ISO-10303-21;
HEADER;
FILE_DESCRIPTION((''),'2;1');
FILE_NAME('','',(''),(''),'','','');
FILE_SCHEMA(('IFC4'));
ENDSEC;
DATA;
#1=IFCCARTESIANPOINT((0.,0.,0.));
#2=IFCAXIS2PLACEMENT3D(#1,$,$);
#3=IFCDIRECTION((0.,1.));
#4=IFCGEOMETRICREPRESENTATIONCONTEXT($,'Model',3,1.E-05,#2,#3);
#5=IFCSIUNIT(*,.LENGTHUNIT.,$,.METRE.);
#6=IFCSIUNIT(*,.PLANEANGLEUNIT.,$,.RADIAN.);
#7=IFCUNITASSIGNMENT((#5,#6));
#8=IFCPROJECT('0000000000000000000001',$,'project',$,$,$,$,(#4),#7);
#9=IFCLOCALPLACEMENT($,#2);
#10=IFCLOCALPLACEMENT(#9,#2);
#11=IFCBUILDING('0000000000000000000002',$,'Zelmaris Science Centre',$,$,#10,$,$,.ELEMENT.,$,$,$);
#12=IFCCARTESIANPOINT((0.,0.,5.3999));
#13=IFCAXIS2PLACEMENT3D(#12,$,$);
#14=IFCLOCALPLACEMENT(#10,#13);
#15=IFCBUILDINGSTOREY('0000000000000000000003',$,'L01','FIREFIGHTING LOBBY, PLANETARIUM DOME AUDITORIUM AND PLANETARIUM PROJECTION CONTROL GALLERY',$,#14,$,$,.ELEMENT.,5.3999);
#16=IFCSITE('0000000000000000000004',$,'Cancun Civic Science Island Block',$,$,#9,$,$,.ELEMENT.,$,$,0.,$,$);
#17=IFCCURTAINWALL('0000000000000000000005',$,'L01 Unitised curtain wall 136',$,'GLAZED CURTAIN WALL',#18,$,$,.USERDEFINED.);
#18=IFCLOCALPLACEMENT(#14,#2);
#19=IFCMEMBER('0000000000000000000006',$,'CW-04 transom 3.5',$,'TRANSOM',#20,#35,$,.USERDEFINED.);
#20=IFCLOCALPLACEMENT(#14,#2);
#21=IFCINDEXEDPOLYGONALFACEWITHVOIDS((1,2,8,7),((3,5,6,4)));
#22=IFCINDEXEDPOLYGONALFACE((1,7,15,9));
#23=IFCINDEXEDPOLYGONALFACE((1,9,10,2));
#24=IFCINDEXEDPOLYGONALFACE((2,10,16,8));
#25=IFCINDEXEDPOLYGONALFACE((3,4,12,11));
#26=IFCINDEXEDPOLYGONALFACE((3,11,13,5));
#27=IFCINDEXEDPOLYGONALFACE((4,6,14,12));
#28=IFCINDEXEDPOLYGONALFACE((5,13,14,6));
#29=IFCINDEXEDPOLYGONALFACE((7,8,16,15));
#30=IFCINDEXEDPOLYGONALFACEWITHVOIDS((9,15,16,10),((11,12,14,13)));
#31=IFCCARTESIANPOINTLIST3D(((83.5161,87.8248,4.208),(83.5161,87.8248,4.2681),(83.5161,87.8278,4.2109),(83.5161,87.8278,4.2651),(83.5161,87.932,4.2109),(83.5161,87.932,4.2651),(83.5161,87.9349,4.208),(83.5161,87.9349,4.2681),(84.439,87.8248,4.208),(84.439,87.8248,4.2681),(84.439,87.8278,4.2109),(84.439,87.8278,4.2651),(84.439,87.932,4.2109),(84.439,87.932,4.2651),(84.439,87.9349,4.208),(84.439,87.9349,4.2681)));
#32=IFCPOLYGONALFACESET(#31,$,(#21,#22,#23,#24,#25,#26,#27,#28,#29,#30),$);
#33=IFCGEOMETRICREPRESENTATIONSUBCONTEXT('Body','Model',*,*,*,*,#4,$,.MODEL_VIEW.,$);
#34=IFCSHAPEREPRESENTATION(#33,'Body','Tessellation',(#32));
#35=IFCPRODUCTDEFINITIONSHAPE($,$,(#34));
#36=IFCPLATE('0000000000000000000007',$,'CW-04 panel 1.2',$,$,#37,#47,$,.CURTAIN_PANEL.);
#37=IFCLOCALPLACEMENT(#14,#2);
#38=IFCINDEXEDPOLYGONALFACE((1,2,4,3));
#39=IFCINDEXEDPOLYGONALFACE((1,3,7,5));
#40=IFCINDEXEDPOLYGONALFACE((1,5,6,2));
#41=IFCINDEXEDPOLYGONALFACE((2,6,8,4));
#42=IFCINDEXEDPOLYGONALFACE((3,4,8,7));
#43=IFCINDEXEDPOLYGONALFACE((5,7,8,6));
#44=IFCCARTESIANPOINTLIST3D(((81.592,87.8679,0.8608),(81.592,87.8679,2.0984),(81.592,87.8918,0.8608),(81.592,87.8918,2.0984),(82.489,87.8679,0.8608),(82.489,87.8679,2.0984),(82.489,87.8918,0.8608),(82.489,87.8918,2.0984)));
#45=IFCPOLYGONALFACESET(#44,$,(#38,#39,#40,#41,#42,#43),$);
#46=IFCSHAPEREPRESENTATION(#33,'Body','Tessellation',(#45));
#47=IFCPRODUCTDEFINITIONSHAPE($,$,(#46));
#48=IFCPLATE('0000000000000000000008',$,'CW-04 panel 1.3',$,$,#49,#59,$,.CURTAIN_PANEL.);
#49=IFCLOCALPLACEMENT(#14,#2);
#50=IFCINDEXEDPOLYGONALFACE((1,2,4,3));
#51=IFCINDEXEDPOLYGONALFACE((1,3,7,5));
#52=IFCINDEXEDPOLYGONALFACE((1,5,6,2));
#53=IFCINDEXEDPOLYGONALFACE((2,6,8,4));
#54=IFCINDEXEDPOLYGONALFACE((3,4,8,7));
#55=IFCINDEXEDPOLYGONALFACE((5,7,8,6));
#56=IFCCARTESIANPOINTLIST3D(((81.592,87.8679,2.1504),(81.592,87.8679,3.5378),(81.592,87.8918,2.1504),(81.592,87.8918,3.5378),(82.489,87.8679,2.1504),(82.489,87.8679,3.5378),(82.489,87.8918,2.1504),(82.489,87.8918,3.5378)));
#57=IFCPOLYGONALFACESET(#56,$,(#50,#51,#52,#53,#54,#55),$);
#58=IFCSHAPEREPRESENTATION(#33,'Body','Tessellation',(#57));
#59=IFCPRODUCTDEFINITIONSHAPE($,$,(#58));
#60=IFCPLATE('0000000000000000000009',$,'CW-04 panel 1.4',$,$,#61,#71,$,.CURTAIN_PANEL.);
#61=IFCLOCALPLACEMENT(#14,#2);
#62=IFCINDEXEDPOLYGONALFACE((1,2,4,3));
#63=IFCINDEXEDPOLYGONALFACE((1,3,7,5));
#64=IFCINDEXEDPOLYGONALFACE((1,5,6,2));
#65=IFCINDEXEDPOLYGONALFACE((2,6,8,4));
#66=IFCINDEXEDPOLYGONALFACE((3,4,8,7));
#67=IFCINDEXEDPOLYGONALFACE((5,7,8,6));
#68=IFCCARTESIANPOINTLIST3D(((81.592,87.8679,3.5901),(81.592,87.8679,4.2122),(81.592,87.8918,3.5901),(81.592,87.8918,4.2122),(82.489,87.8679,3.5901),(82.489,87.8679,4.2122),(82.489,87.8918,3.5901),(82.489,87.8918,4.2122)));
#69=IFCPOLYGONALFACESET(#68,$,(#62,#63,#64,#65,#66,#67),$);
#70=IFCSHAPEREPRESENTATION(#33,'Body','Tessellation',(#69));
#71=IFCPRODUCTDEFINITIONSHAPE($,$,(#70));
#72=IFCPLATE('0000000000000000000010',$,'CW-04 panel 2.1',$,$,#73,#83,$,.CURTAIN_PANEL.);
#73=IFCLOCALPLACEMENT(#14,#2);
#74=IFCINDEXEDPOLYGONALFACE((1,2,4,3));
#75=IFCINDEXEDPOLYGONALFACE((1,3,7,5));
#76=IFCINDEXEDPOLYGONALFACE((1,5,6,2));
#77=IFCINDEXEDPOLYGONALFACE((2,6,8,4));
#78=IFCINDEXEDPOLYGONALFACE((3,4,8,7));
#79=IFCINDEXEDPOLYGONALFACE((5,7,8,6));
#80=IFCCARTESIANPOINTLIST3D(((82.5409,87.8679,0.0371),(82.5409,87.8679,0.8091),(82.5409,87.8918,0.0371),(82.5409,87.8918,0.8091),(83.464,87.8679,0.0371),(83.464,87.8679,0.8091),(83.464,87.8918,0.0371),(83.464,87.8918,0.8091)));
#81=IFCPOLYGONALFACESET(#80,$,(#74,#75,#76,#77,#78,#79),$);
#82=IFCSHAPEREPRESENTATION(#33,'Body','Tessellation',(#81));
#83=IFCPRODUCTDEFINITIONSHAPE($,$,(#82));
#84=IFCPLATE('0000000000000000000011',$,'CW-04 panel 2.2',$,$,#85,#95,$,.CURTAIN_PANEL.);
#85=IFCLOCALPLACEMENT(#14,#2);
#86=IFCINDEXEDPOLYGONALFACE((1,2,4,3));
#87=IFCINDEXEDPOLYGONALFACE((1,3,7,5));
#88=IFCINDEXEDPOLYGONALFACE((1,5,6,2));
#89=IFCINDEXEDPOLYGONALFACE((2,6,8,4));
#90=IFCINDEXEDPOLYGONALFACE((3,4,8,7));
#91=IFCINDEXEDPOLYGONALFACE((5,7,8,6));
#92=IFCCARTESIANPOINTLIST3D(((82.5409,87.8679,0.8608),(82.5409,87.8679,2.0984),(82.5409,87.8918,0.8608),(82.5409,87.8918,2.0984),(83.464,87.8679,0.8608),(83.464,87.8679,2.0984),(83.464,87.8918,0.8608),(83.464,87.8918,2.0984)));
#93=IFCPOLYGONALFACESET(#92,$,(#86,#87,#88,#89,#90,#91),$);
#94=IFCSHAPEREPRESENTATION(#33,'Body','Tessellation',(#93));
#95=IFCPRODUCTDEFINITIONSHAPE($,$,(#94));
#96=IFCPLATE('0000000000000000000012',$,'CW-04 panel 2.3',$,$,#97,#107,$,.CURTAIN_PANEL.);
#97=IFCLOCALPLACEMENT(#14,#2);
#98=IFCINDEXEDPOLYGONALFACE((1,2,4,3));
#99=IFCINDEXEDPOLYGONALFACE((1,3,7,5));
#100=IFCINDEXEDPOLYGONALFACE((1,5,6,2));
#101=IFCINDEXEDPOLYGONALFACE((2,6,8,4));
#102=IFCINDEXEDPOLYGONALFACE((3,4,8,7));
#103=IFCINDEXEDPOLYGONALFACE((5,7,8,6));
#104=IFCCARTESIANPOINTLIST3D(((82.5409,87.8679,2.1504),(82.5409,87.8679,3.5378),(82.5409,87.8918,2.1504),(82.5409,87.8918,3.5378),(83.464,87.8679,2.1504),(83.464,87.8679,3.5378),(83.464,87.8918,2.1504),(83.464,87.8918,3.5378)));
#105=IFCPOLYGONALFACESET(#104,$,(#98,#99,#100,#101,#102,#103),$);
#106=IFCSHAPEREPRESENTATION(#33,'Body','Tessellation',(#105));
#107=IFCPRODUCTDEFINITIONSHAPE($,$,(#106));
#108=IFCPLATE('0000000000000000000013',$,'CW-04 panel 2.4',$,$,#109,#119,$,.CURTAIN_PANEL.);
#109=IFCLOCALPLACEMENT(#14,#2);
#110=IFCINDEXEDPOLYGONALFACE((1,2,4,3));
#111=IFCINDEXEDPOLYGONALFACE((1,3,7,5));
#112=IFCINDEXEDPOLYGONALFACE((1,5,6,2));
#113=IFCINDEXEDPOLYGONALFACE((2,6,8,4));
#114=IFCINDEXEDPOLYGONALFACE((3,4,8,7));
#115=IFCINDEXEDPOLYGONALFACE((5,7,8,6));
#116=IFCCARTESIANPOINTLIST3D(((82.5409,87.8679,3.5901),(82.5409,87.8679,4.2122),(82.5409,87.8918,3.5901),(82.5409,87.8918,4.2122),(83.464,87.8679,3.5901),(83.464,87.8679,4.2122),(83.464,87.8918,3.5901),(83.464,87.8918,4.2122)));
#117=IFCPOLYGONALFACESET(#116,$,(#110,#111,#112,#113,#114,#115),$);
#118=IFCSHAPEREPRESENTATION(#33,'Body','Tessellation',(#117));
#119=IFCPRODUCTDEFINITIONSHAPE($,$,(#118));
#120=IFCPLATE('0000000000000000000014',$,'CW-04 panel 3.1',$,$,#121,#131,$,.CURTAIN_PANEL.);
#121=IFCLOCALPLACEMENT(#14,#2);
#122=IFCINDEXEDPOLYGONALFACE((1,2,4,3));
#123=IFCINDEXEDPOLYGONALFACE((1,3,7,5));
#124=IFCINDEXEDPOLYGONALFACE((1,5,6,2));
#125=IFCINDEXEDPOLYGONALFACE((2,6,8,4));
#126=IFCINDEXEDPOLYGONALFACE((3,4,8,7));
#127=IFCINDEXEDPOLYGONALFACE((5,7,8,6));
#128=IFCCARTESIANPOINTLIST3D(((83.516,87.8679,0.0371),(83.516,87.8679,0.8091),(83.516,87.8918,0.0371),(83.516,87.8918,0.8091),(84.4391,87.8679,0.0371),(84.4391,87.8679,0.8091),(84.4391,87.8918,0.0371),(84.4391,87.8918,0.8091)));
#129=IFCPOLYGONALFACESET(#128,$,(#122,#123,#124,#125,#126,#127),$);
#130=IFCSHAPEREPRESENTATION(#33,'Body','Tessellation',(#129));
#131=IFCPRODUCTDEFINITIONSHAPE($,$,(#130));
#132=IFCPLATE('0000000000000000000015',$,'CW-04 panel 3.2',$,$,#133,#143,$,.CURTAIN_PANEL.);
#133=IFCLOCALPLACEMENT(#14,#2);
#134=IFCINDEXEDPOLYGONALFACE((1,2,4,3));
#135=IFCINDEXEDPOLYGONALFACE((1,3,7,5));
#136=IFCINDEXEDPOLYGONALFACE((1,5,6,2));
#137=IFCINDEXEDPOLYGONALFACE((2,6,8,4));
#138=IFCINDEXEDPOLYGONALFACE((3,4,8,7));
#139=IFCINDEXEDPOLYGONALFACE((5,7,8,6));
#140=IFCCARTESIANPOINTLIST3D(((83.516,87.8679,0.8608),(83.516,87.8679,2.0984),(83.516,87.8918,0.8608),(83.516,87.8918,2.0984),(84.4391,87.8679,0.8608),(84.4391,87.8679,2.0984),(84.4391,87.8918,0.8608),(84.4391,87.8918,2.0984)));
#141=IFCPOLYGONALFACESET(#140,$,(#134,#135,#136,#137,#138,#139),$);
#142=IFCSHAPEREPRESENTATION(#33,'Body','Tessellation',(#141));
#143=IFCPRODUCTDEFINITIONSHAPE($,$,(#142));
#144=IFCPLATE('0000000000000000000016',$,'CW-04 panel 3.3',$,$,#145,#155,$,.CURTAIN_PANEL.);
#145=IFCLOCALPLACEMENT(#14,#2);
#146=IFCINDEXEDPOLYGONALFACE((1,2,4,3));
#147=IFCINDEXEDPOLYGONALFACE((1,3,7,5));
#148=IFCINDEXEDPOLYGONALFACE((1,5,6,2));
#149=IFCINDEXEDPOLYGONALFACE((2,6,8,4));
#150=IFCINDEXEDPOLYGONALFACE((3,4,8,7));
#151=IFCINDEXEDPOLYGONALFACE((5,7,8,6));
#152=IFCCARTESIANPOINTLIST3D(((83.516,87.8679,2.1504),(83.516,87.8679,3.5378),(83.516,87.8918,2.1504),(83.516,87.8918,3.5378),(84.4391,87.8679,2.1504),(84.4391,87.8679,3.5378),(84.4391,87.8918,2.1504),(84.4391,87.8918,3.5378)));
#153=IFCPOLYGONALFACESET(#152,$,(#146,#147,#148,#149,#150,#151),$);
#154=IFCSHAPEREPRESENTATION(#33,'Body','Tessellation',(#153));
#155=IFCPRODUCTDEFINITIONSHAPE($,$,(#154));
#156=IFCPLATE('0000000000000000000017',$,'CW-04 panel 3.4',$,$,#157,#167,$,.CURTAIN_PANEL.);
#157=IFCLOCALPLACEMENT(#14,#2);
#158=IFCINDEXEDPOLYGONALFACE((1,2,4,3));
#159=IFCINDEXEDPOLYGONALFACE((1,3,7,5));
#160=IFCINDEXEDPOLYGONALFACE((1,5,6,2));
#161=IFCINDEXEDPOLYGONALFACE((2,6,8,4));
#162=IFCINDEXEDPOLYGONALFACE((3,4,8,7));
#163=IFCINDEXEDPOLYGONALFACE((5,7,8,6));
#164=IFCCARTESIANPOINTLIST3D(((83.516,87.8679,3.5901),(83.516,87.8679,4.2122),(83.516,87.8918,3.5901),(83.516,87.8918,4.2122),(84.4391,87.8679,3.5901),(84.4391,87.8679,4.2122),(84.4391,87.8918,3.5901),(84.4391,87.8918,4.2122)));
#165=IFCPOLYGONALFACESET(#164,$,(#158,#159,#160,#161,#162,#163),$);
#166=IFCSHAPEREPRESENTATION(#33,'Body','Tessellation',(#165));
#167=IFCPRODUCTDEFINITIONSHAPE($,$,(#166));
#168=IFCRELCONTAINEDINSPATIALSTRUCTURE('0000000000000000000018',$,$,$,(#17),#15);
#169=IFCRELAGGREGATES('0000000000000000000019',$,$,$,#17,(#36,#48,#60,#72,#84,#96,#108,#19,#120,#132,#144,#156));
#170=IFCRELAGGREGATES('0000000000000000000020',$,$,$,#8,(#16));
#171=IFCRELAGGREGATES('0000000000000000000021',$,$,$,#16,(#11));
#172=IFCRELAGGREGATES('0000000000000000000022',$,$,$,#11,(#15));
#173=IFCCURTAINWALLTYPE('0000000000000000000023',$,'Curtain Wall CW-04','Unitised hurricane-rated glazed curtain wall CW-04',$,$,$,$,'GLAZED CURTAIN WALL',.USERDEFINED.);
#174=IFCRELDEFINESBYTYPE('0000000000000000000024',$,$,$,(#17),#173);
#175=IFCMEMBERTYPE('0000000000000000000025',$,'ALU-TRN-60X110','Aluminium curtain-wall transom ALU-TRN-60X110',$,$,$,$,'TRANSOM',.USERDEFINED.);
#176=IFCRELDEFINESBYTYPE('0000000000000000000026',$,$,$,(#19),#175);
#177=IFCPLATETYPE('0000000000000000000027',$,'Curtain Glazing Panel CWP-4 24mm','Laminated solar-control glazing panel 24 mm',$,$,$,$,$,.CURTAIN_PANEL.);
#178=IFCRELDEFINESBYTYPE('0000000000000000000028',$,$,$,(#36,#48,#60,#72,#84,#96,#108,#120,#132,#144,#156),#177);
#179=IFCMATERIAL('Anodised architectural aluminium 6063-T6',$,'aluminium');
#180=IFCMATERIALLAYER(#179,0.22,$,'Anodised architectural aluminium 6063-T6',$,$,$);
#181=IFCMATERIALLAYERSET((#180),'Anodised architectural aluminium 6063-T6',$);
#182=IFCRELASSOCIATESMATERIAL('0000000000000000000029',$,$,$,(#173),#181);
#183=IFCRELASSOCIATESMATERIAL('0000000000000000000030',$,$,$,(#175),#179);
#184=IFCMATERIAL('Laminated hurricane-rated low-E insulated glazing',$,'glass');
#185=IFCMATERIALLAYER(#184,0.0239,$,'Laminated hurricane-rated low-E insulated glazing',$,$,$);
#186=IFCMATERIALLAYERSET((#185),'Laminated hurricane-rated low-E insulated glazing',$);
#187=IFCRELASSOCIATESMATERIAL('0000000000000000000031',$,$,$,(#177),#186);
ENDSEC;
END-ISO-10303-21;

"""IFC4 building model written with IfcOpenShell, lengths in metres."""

from ifc_helpers import new_model, si_unit, direction, frame, origin, origin_2d, place, context, subcontext, project, spatial, rectangle, hollow_rectangle, extrude, material, layer, layer_set, material_profile, profile_set, type_object, element, aggregate, save


model = new_model("IFC4")

# Units and contexts
model_context = context("Model", 3, precision=1e-05, world=origin(), true_north=direction((0.0, 1.0)))
body_context = subcontext(model_context, "Body", "Model", "MODEL_VIEW")
ifc_project = project(units=[si_unit("LENGTHUNIT", "METRE"), si_unit("PLANEANGLEUNIT", "RADIAN")], contexts=[model_context])

# Site, building, storey
site_placement = place(None, origin())
site = spatial("IfcSite", under=ifc_project, at=site_placement, Name="Cancun Civic Science Island Block", CompositionType="ELEMENT", RefElevation=0.0)
building_placement = place(site_placement, origin())
building = spatial("IfcBuilding", under=site, at=building_placement, Name="Zelmaris Science Centre", CompositionType="ELEMENT")
storey_placement = place(building_placement, frame((0.0, 0.0, 5.3999)))
storey = spatial("IfcBuildingStorey", under=building, at=storey_placement, Name="L01", Description="FIREFIGHTING LOBBY, PLANETARIUM DOME AUDITORIUM AND PLANETARIUM PROJECTION CONTROL GALLERY", CompositionType="ELEMENT", Elevation=5.3999)

# Curtain wall, member, plates
ifc_material_1 = material(Name="Anodised architectural aluminium 6063-T6", Category="aluminium")
ifc_layer_1 = layer(ifc_material_1, 0.22, Name="Anodised architectural aluminium 6063-T6")
ifc_layer_set_1 = layer_set([ifc_layer_1], Name="Anodised architectural aluminium 6063-T6")
curtain_wall_type = type_object("IfcCurtainWallType", Name="Curtain Wall CW-04", Description="Unitised hurricane-rated glazed curtain wall CW-04", ElementType="GLAZED CURTAIN WALL", PredefinedType="USERDEFINED", material=ifc_layer_set_1)
curtain_wall_placement = place(storey_placement, origin())
curtain_wall = element("IfcCurtainWall", 1, at=curtain_wall_placement, inside=storey, type_object=curtain_wall_type, Name="L01 Unitised curtain wall 136", ObjectType="GLAZED CURTAIN WALL", PredefinedType="USERDEFINED")
ifc_material_profile_1 = material_profile(ifc_material_1, hollow_rectangle(XDim=0.0601, YDim=0.1101, WallThickness=0.0029, at=origin_2d()), Name="ALU-TRN-60X110")
ifc_profile_set_1 = profile_set([ifc_material_profile_1], Name="Anodised architectural aluminium 6063-T6")
member_type_1 = type_object("IfcMemberType", Name="ALU-TRN-60X110", Description="Aluminium curtain-wall transom ALU-TRN-60X110", ElementType="TRANSOM", PredefinedType="USERDEFINED", material=ifc_profile_set_1)
member_1_placement = place(storey_placement, frame((83.5161, 87.8799, 4.238), z_axis=(1.0, 0.0, 0.0), x_axis=(0.0, 0.0, 1.0)))
member_1 = element("IfcMember", 2, at=member_1_placement, type_object=member_type_1, Name="CW-04 transom 3.5", ObjectType="TRANSOM", PredefinedType="USERDEFINED", context=body_context, shape_type="SweptSolid", body=[
    extrude(hollow_rectangle(XDim=0.0601, YDim=0.1101, WallThickness=0.0029, at=origin_2d()), origin(), (0.0, 0.0, 1.0), 0.9229),
])
ifc_material_2 = material(Name="Laminated hurricane-rated low-E insulated glazing", Category="glass")
ifc_layer_2 = layer(ifc_material_2, 0.0239, Name="Laminated hurricane-rated low-E insulated glazing")
ifc_layer_set_2 = layer_set([ifc_layer_2], Name="Laminated hurricane-rated low-E insulated glazing")
plate_type = type_object("IfcPlateType", Name="Curtain Glazing Panel CWP-4 24mm", Description="Laminated solar-control glazing panel 24 mm", PredefinedType="CURTAIN_PANEL", material=ifc_layer_set_2)
plate_1_placement = place(storey_placement, frame((82.0405, 87.8799, 0.8608), z_axis=(0.0, 0.0, 1.0), x_axis=(1.0, 0.0, 0.0)))
plate_1 = element("IfcPlate", 3, at=plate_1_placement, type_object=plate_type, Name="CW-04 panel 1.2", PredefinedType="CURTAIN_PANEL", context=body_context, shape_type="SweptSolid", body=[
    extrude(rectangle(XDim=0.897, YDim=0.0239, at=origin_2d()), origin(), (0.0, 0.0, 1.0), 1.2375),
])
plate_2_placement = place(storey_placement, frame((82.0405, 87.8799, 2.1504), z_axis=(0.0, 0.0, 1.0), x_axis=(1.0, 0.0, 0.0)))
plate_2 = element("IfcPlate", 4, at=plate_2_placement, type_object=plate_type, Name="CW-04 panel 1.3", PredefinedType="CURTAIN_PANEL", context=body_context, shape_type="SweptSolid", body=[
    extrude(rectangle(XDim=0.897, YDim=0.0239, at=origin_2d()), origin(), (0.0, 0.0, 1.0), 1.3875),
])
plate_3_placement = place(storey_placement, frame((82.0405, 87.8799, 3.5901), z_axis=(0.0, 0.0, 1.0), x_axis=(1.0, 0.0, 0.0)))
plate_3 = element("IfcPlate", 5, at=plate_3_placement, type_object=plate_type, Name="CW-04 panel 1.4", PredefinedType="CURTAIN_PANEL", context=body_context, shape_type="SweptSolid", body=[
    extrude(rectangle(XDim=0.897, YDim=0.0239, at=origin_2d()), origin(), (0.0, 0.0, 1.0), 0.6221),
])
plate_4_placement = place(storey_placement, frame((83.0024, 87.8799, 0.0371), z_axis=(0.0, 0.0, 1.0), x_axis=(1.0, 0.0, 0.0)))
plate_4 = element("IfcPlate", 6, at=plate_4_placement, type_object=plate_type, Name="CW-04 panel 2.1", PredefinedType="CURTAIN_PANEL", context=body_context, shape_type="SweptSolid", body=[
    extrude(rectangle(XDim=0.9231, YDim=0.0239, at=origin_2d()), origin(), (0.0, 0.0, 1.0), 0.772),
])
plate_5_placement = place(storey_placement, frame((83.0024, 87.8799, 0.8608), z_axis=(0.0, 0.0, 1.0), x_axis=(1.0, 0.0, 0.0)))
plate_5 = element("IfcPlate", 7, at=plate_5_placement, type_object=plate_type, Name="CW-04 panel 2.2", PredefinedType="CURTAIN_PANEL", context=body_context, shape_type="SweptSolid", body=[
    extrude(rectangle(XDim=0.9231, YDim=0.0239, at=origin_2d()), origin(), (0.0, 0.0, 1.0), 1.2375),
])
plate_6_placement = place(storey_placement, frame((83.0024, 87.8799, 2.1504), z_axis=(0.0, 0.0, 1.0), x_axis=(1.0, 0.0, 0.0)))
plate_6 = element("IfcPlate", 8, at=plate_6_placement, type_object=plate_type, Name="CW-04 panel 2.3", PredefinedType="CURTAIN_PANEL", context=body_context, shape_type="SweptSolid", body=[
    extrude(rectangle(XDim=0.9231, YDim=0.0239, at=origin_2d()), origin(), (0.0, 0.0, 1.0), 1.3875),
])
plate_7_placement = place(storey_placement, frame((83.0024, 87.8799, 3.5901), z_axis=(0.0, 0.0, 1.0), x_axis=(1.0, 0.0, 0.0)))
plate_7 = element("IfcPlate", 9, at=plate_7_placement, type_object=plate_type, Name="CW-04 panel 2.4", PredefinedType="CURTAIN_PANEL", context=body_context, shape_type="SweptSolid", body=[
    extrude(rectangle(XDim=0.9231, YDim=0.0239, at=origin_2d()), origin(), (0.0, 0.0, 1.0), 0.6221),
])
plate_8_placement = place(storey_placement, frame((83.9775, 87.8799, 0.0371), z_axis=(0.0, 0.0, 1.0), x_axis=(1.0, 0.0, 0.0)))
plate_8 = element("IfcPlate", 10, at=plate_8_placement, type_object=plate_type, Name="CW-04 panel 3.1", PredefinedType="CURTAIN_PANEL", context=body_context, shape_type="SweptSolid", body=[
    extrude(rectangle(XDim=0.9231, YDim=0.0239, at=origin_2d()), origin(), (0.0, 0.0, 1.0), 0.772),
])
plate_9_placement = place(storey_placement, frame((83.9775, 87.8799, 0.8608), z_axis=(0.0, 0.0, 1.0), x_axis=(1.0, 0.0, 0.0)))
plate_9 = element("IfcPlate", 11, at=plate_9_placement, type_object=plate_type, Name="CW-04 panel 3.2", PredefinedType="CURTAIN_PANEL", context=body_context, shape_type="SweptSolid", body=[
    extrude(rectangle(XDim=0.9231, YDim=0.0239, at=origin_2d()), origin(), (0.0, 0.0, 1.0), 1.2375),
])
plate_10_placement = place(storey_placement, frame((83.9775, 87.8799, 2.1504), z_axis=(0.0, 0.0, 1.0), x_axis=(1.0, 0.0, 0.0)))
plate_10 = element("IfcPlate", 12, at=plate_10_placement, type_object=plate_type, Name="CW-04 panel 3.3", PredefinedType="CURTAIN_PANEL", context=body_context, shape_type="SweptSolid", body=[
    extrude(rectangle(XDim=0.9231, YDim=0.0239, at=origin_2d()), origin(), (0.0, 0.0, 1.0), 1.3875),
])
plate_11_placement = place(storey_placement, frame((83.9775, 87.8799, 3.5901), z_axis=(0.0, 0.0, 1.0), x_axis=(1.0, 0.0, 0.0)))
plate_11 = element("IfcPlate", 13, at=plate_11_placement, type_object=plate_type, Name="CW-04 panel 3.4", PredefinedType="CURTAIN_PANEL", context=body_context, shape_type="SweptSolid", body=[
    extrude(rectangle(XDim=0.9231, YDim=0.0239, at=origin_2d()), origin(), (0.0, 0.0, 1.0), 0.6221),
])
aggregate(curtain_wall, [plate_1, plate_2, plate_3, plate_4, plate_5, plate_6, plate_7, member_1, plate_8, plate_9, plate_10, plate_11])

save(model, "model.ifc")
